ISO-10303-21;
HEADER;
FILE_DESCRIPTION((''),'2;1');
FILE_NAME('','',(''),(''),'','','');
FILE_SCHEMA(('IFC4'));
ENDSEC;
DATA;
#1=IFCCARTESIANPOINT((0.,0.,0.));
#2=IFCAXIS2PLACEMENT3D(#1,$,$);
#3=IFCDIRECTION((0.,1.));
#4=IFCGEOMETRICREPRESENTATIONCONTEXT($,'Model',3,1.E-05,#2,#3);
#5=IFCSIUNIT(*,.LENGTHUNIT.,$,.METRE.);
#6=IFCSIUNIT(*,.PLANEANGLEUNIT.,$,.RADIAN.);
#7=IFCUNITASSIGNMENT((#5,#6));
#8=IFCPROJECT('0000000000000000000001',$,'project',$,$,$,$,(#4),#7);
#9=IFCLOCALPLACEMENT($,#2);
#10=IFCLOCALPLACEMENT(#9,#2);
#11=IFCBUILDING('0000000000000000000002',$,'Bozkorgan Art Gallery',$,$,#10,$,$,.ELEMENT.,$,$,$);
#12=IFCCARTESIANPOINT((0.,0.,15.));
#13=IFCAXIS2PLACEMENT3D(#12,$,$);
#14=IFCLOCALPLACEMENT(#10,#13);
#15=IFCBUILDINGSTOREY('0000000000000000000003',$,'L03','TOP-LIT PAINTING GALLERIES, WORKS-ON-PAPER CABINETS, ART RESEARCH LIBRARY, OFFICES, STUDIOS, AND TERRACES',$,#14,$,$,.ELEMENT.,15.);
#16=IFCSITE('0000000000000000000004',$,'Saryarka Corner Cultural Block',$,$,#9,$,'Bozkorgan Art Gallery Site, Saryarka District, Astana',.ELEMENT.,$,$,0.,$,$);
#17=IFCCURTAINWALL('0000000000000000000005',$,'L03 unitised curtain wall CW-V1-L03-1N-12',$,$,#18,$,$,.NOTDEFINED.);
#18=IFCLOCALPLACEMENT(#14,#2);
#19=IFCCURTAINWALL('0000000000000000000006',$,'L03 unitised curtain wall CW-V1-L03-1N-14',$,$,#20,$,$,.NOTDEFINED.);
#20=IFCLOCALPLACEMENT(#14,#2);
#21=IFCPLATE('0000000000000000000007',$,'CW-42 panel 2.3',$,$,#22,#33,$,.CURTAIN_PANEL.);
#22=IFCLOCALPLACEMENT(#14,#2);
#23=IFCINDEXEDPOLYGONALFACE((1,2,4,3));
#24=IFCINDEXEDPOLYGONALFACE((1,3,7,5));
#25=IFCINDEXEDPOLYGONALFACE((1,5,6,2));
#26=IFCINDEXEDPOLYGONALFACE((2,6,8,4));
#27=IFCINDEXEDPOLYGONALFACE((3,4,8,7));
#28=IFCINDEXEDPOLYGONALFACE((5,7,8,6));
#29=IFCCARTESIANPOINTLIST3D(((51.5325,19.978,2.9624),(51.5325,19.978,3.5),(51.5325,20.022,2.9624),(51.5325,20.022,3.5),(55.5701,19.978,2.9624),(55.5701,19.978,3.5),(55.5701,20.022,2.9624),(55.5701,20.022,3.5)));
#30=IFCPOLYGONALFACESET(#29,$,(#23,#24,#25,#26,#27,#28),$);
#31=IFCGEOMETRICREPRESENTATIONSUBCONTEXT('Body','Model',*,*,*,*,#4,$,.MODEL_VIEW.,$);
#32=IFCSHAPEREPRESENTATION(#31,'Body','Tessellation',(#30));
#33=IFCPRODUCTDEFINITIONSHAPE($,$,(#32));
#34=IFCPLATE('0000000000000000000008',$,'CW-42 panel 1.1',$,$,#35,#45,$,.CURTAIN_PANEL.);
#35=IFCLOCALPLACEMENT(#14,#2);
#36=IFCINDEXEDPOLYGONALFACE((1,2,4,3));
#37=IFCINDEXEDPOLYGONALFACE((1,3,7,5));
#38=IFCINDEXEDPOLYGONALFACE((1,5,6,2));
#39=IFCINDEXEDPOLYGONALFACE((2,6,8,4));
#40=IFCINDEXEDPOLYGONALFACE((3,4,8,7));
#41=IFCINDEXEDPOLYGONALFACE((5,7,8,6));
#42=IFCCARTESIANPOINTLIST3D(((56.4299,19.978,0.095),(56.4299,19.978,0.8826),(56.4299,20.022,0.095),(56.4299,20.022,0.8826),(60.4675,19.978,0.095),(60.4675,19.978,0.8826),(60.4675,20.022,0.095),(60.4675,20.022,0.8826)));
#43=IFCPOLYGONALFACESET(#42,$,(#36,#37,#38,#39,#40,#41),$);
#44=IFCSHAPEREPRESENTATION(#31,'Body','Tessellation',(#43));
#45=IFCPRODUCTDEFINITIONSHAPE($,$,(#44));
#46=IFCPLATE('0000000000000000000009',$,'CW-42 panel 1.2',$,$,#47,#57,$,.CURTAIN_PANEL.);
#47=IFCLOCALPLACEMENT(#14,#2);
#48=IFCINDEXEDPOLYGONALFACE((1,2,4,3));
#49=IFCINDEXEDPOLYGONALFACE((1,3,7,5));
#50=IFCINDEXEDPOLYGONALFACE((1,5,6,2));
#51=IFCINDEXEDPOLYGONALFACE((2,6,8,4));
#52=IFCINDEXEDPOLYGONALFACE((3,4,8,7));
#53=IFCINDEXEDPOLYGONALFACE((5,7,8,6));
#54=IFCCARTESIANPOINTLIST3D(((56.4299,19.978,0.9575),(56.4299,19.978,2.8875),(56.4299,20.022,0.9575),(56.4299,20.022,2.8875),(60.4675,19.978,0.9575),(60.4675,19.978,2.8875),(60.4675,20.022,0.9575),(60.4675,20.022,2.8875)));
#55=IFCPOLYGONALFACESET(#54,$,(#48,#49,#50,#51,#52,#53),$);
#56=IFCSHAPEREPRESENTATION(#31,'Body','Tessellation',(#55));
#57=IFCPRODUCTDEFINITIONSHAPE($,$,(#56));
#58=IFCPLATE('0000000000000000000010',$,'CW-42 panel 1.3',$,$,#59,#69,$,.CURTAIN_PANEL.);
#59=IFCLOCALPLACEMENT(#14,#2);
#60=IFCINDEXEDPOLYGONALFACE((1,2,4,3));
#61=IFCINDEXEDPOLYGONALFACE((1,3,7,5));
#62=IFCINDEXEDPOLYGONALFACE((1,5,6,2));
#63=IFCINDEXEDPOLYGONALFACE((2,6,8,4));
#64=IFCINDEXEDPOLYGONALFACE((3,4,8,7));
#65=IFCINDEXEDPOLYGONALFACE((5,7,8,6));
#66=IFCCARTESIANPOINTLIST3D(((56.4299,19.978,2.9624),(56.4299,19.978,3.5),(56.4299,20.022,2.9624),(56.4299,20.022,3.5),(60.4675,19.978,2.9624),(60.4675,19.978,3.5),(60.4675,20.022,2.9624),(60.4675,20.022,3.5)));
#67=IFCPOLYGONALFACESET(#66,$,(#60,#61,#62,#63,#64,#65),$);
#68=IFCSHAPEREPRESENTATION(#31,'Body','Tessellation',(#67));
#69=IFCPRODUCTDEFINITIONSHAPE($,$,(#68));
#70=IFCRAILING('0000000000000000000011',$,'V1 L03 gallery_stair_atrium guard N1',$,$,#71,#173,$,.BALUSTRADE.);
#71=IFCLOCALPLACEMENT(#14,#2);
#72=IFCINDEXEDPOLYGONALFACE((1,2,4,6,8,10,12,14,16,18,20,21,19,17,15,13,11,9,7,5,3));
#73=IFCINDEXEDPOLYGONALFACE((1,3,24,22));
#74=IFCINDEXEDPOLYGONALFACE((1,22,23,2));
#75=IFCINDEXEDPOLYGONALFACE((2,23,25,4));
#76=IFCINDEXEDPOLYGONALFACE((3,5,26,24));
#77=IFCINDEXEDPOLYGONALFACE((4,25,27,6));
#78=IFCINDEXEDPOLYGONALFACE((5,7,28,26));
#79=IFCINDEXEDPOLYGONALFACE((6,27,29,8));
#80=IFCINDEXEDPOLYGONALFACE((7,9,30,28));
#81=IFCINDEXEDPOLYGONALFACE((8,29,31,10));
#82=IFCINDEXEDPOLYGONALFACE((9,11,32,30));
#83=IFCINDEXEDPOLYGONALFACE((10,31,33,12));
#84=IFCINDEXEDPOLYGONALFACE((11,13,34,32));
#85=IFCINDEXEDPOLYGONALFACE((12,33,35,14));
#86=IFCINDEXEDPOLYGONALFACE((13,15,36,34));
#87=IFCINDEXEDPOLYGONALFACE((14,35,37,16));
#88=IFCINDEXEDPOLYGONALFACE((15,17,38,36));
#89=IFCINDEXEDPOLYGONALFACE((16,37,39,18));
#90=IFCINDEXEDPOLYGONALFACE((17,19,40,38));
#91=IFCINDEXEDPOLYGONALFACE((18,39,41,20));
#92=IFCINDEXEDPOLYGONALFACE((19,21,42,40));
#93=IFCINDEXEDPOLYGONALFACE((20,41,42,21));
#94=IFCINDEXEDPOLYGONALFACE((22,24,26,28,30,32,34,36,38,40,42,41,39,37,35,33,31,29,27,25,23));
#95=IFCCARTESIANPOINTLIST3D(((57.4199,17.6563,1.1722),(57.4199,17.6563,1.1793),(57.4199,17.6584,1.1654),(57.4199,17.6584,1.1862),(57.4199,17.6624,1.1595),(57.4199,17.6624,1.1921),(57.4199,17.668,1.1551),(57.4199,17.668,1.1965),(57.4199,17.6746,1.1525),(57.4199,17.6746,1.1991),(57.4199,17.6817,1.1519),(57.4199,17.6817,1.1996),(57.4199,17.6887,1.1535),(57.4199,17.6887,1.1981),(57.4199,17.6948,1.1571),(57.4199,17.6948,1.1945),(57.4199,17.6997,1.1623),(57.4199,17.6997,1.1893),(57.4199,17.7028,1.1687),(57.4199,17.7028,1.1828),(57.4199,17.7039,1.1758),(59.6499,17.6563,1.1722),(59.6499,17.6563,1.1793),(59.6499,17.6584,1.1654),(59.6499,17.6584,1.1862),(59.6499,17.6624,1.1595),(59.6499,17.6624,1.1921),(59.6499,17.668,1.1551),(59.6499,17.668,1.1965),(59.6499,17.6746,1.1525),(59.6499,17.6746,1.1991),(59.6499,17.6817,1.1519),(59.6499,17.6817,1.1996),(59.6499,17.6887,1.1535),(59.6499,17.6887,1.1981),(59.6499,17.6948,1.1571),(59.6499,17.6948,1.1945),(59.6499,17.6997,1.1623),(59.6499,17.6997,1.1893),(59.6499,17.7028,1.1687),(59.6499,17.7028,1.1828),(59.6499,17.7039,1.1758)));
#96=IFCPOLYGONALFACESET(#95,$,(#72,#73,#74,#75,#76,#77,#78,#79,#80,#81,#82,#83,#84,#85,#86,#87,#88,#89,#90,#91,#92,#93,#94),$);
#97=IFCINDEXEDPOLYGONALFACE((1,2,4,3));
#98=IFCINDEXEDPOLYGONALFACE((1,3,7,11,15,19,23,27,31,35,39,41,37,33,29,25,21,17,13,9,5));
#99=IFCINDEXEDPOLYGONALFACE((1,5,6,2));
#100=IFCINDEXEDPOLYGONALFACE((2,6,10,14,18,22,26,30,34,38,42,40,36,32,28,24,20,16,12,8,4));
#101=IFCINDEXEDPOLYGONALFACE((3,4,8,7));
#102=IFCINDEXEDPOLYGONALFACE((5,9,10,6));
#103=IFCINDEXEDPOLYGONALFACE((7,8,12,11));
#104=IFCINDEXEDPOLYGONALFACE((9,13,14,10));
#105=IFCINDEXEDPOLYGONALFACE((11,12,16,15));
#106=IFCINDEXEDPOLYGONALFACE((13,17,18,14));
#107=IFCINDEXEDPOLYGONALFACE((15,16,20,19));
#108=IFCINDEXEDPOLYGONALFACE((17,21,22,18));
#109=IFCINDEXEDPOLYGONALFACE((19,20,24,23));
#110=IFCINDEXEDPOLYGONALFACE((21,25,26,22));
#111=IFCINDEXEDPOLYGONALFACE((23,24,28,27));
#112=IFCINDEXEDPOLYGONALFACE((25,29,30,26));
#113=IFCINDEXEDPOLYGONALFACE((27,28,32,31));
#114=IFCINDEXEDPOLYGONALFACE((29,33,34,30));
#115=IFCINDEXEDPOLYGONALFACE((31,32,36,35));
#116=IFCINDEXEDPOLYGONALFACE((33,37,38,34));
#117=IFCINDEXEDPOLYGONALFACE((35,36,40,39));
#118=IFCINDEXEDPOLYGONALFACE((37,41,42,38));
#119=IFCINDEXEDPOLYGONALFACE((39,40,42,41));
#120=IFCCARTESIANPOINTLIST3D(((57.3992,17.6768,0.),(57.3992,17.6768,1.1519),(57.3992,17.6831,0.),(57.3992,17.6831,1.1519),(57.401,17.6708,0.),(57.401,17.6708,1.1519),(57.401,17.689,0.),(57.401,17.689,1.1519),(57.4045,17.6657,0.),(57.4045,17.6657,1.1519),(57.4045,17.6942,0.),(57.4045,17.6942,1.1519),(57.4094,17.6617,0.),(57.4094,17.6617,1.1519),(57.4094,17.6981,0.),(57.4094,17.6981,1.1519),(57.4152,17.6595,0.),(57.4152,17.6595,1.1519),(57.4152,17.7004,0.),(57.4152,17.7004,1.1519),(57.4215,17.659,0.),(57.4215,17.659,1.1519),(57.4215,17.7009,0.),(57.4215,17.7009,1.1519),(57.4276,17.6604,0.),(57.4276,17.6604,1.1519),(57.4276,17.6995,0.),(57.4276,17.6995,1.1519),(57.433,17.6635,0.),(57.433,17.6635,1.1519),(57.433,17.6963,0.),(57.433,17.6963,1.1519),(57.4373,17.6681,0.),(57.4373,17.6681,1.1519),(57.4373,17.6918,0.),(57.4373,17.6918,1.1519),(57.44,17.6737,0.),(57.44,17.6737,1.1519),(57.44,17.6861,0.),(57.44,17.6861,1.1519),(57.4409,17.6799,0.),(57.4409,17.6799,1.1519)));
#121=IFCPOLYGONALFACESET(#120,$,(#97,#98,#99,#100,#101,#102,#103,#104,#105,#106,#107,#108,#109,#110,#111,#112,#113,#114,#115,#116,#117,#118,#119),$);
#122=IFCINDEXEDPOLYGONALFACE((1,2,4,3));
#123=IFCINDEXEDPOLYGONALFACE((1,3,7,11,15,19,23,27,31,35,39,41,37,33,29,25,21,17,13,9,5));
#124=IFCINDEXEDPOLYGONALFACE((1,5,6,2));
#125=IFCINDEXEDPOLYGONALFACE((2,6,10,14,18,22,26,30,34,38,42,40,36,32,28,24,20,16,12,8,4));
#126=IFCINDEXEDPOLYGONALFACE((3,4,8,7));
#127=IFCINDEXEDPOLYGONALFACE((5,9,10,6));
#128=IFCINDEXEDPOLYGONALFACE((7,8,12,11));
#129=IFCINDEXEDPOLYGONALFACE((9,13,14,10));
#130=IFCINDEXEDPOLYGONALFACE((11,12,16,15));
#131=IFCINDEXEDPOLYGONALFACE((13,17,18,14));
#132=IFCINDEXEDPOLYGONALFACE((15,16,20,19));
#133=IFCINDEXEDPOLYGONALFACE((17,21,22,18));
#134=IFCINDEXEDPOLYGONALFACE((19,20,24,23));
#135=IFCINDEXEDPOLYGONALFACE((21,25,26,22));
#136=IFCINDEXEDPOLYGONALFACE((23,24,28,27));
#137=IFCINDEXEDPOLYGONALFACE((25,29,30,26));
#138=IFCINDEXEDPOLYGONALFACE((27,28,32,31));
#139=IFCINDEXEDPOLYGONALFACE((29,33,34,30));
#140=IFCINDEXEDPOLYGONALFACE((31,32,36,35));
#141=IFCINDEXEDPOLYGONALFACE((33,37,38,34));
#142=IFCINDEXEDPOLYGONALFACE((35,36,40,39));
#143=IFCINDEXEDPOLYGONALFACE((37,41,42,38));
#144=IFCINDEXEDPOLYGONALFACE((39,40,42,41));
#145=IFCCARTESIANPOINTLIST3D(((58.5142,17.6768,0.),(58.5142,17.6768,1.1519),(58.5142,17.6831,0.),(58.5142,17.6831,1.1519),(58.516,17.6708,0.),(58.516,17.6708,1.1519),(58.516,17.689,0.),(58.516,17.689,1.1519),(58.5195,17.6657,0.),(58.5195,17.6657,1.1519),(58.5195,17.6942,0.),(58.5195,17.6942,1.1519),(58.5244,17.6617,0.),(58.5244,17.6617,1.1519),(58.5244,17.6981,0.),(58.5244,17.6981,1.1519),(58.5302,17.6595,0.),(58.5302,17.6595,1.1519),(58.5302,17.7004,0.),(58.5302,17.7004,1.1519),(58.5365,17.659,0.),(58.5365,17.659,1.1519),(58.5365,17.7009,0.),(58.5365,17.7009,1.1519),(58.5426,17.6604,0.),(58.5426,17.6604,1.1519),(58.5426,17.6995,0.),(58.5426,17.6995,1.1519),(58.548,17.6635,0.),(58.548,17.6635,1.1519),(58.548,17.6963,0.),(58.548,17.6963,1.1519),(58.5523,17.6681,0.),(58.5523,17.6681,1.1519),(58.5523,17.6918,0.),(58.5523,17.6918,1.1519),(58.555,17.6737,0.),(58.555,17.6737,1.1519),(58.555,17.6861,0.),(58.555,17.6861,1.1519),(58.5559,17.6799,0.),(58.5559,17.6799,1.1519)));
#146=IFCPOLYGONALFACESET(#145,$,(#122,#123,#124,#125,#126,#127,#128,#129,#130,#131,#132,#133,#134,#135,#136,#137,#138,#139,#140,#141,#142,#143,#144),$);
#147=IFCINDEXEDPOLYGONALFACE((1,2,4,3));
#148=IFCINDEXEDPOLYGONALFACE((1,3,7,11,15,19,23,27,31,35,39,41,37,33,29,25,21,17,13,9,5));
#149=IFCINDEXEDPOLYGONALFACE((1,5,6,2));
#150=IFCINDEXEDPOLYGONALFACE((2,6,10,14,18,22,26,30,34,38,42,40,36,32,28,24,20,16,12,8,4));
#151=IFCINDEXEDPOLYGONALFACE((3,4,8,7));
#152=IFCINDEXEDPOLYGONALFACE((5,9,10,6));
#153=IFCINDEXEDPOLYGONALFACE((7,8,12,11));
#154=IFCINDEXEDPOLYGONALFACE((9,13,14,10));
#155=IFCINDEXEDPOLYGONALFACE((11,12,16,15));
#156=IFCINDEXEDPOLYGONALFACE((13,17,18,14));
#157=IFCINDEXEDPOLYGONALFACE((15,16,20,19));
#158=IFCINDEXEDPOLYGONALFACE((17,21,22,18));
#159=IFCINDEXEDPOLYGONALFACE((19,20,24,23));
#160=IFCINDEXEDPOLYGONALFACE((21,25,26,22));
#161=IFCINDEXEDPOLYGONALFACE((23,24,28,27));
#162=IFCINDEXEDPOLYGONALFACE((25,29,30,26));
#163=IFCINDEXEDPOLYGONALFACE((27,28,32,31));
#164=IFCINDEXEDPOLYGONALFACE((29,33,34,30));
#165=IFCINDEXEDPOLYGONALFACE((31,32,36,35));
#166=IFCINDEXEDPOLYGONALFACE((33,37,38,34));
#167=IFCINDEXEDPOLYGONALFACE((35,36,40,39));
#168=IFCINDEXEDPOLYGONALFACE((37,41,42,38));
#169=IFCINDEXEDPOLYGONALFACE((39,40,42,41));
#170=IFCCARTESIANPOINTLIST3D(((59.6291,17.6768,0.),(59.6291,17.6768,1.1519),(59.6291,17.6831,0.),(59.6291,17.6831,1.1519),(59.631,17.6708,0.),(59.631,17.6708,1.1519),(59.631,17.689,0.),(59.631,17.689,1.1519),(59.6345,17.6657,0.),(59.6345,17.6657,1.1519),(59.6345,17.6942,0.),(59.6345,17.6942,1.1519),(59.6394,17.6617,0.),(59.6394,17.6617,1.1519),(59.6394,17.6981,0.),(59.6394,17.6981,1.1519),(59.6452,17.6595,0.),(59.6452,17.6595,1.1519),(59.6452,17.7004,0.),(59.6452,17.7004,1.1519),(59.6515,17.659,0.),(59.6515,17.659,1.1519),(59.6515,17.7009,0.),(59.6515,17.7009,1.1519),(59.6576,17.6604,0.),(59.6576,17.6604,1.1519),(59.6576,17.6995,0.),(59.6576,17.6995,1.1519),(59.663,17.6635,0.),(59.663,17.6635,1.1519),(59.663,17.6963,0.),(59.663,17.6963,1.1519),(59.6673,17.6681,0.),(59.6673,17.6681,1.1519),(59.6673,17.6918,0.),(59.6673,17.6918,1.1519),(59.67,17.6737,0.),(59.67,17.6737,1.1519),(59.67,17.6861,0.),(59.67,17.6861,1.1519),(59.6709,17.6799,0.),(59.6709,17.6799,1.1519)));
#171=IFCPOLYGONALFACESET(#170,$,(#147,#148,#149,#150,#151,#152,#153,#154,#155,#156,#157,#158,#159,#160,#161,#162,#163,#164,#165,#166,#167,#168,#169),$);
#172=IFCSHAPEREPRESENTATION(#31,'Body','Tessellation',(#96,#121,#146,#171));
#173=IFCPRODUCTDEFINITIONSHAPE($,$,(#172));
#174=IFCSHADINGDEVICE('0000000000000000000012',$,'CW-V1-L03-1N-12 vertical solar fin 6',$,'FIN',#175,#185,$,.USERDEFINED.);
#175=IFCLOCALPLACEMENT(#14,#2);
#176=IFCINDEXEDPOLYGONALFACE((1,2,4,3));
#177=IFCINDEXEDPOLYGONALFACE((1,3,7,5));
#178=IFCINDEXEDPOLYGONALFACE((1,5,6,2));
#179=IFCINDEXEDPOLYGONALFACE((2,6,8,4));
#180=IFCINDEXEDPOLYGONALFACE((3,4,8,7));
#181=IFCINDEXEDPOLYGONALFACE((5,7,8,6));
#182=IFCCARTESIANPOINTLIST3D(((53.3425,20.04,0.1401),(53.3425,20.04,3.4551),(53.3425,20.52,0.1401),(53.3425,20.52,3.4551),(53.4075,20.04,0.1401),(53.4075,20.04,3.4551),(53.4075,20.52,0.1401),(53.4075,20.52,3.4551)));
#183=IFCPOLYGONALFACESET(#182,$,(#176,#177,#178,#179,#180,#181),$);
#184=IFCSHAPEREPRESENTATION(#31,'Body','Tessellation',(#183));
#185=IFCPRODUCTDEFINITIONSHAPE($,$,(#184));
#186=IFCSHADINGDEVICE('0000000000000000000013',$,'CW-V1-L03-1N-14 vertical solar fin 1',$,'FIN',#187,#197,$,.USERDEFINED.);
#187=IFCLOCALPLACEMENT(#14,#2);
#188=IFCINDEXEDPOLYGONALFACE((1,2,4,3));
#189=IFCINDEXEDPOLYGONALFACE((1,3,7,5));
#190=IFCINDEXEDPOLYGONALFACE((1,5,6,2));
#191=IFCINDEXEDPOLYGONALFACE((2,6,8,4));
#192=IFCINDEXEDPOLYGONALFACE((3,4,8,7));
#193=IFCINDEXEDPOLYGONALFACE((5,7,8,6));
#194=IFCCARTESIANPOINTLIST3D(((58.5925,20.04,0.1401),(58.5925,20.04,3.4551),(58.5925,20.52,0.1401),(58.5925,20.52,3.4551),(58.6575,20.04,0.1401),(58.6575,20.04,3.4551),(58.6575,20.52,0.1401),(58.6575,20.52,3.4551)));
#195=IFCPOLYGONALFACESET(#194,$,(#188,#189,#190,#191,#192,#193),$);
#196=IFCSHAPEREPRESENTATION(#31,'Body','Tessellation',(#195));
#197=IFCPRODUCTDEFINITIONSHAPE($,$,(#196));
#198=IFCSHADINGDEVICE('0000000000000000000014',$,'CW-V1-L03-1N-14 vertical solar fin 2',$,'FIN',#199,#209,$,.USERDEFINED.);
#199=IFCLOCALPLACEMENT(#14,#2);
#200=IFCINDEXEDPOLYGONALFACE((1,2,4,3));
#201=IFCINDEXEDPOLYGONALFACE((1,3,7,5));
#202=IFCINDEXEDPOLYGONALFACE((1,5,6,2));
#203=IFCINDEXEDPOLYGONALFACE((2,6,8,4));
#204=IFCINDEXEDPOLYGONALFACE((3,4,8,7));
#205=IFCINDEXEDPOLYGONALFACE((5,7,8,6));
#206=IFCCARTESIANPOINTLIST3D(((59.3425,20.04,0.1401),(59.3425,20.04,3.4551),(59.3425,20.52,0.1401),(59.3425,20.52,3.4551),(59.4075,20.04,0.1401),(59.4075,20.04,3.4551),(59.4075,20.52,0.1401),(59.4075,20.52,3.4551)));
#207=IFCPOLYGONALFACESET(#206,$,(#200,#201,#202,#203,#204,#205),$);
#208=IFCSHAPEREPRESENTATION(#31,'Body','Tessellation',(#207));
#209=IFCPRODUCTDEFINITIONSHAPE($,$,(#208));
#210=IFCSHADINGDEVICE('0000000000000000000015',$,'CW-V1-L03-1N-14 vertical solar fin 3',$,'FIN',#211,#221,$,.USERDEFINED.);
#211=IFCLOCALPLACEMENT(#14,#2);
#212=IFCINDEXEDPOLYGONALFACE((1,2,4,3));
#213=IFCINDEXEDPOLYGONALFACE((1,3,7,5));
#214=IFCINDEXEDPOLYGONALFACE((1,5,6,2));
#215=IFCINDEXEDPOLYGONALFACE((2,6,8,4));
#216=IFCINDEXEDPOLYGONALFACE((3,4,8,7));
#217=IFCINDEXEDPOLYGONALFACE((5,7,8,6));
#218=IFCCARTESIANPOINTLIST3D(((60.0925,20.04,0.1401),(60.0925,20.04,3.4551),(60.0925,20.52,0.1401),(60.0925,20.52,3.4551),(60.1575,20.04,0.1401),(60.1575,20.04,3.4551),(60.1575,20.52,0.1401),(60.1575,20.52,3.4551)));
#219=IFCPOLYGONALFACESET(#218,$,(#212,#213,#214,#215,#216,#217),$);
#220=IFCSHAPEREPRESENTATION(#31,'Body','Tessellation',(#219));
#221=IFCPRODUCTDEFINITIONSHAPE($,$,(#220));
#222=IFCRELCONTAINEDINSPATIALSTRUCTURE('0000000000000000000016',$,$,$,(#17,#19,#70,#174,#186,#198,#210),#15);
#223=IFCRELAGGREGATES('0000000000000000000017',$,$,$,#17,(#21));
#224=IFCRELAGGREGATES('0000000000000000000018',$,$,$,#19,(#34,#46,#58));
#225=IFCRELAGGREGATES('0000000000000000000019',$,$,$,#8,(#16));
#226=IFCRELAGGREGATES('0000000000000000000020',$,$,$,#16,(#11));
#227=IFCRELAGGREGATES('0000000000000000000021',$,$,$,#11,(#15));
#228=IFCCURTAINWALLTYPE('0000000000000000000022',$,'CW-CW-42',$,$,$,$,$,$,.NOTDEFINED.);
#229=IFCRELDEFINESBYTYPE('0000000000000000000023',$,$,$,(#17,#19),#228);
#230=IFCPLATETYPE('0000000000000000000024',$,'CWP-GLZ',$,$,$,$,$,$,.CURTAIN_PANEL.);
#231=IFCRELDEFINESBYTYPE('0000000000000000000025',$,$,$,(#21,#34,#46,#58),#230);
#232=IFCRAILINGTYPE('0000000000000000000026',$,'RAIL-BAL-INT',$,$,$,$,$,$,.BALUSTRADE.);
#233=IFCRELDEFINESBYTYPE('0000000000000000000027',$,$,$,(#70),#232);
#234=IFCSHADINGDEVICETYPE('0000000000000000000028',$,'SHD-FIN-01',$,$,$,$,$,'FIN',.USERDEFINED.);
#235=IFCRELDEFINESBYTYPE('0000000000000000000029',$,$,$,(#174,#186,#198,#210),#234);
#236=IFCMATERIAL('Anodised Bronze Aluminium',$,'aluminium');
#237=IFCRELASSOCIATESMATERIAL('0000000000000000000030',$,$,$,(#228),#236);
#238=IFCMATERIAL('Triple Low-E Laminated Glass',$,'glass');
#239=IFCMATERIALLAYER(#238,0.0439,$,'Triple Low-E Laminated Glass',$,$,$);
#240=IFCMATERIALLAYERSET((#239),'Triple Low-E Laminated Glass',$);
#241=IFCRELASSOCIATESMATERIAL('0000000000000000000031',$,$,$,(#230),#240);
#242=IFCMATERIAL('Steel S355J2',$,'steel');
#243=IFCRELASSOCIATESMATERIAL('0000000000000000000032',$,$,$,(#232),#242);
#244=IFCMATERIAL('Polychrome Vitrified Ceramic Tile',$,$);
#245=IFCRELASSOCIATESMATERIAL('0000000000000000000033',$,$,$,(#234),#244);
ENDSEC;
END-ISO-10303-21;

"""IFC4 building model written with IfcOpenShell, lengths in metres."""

from ifc_helpers import new_model, si_unit, direction, frame, origin, origin_2d, place, context, subcontext, project, spatial, rectangle, circle, extrude, material, layer, layer_set, type_object, element, aggregate, save


model = new_model("IFC4")

# Units and contexts
model_context = context("Model", 3, precision=1e-05, world=origin(), true_north=direction((0.0, 1.0)))
body_context = subcontext(model_context, "Body", "Model", "MODEL_VIEW")
ifc_project = project(units=[si_unit("LENGTHUNIT", "METRE"), si_unit("PLANEANGLEUNIT", "RADIAN")], contexts=[model_context])

# Site, building, storey
site_placement = place(None, origin())
site = spatial("IfcSite", under=ifc_project, at=site_placement, Name="Saryarka Corner Cultural Block", LongName="Bozkorgan Art Gallery Site, Saryarka District, Astana", CompositionType="ELEMENT", RefElevation=0.0)
building_placement = place(site_placement, origin())
building = spatial("IfcBuilding", under=site, at=building_placement, Name="Bozkorgan Art Gallery", CompositionType="ELEMENT")
storey_placement = place(building_placement, frame((0.0, 0.0, 15.0)))
storey = spatial("IfcBuildingStorey", under=building, at=storey_placement, Name="L03", Description="TOP-LIT PAINTING GALLERIES, WORKS-ON-PAPER CABINETS, ART RESEARCH LIBRARY, OFFICES, STUDIOS, AND TERRACES", CompositionType="ELEMENT", Elevation=15.0)

# Shared definitions
ifc_material_1 = material(Name="Steel S355J2", Category="steel")

# Curtain wall
ifc_material_2 = material(Name="Anodised Bronze Aluminium", Category="aluminium")
curtain_wall_type = type_object("IfcCurtainWallType", Name="CW-CW-42", PredefinedType="NOTDEFINED", material=ifc_material_2)
curtain_wall_1_placement = place(storey_placement, origin())
curtain_wall_1 = element("IfcCurtainWall", 1, at=curtain_wall_1_placement, inside=storey, type_object=curtain_wall_type, Name="L03 unitised curtain wall CW-V1-L03-1N-12", PredefinedType="NOTDEFINED")

# Curtain wall
curtain_wall_2_placement = place(storey_placement, origin())
curtain_wall_2 = element("IfcCurtainWall", 2, at=curtain_wall_2_placement, inside=storey, type_object=curtain_wall_type, Name="L03 unitised curtain wall CW-V1-L03-1N-14", PredefinedType="NOTDEFINED")

# Plates
ifc_material_3 = material(Name="Triple Low-E Laminated Glass", Category="glass")
ifc_layer = layer(ifc_material_3, 0.0439, Name="Triple Low-E Laminated Glass")
ifc_layer_set = layer_set([ifc_layer], Name="Triple Low-E Laminated Glass")
plate_type = type_object("IfcPlateType", Name="CWP-GLZ", PredefinedType="CURTAIN_PANEL", material=ifc_layer_set)
plate_1_placement = place(storey_placement, frame((53.5513, 20.0, 2.9624), z_axis=(0.0, 0.0, 1.0), x_axis=(1.0, 0.0, 0.0)))
plate_1 = element("IfcPlate", 3, at=plate_1_placement, type_object=plate_type, Name="CW-42 panel 2.3", PredefinedType="CURTAIN_PANEL", context=body_context, shape_type="SweptSolid", body=[
    extrude(rectangle(XDim=4.0376, YDim=0.0439, at=origin_2d()), origin(), (0.0, 0.0, 1.0), 0.5376),
])
aggregate(curtain_wall_1, [plate_1])
plate_2_placement = place(storey_placement, frame((58.4487, 20.0, 0.095), z_axis=(0.0, 0.0, 1.0), x_axis=(1.0, 0.0, 0.0)))
plate_2 = element("IfcPlate", 4, at=plate_2_placement, type_object=plate_type, Name="CW-42 panel 1.1", PredefinedType="CURTAIN_PANEL", context=body_context, shape_type="SweptSolid", body=[
    extrude(rectangle(XDim=4.0376, YDim=0.0439, at=origin_2d()), origin(), (0.0, 0.0, 1.0), 0.7876),
])
plate_3_placement = place(storey_placement, frame((58.4487, 20.0, 0.9575), z_axis=(0.0, 0.0, 1.0), x_axis=(1.0, 0.0, 0.0)))
plate_3 = element("IfcPlate", 5, at=plate_3_placement, type_object=plate_type, Name="CW-42 panel 1.2", PredefinedType="CURTAIN_PANEL", context=body_context, shape_type="SweptSolid", body=[
    extrude(rectangle(XDim=4.0376, YDim=0.0439, at=origin_2d()), origin(), (0.0, 0.0, 1.0), 1.9299),
])
plate_4_placement = place(storey_placement, frame((58.4487, 20.0, 2.9624), z_axis=(0.0, 0.0, 1.0), x_axis=(1.0, 0.0, 0.0)))
plate_4 = element("IfcPlate", 6, at=plate_4_placement, type_object=plate_type, Name="CW-42 panel 1.3", PredefinedType="CURTAIN_PANEL", context=body_context, shape_type="SweptSolid", body=[
    extrude(rectangle(XDim=4.0376, YDim=0.0439, at=origin_2d()), origin(), (0.0, 0.0, 1.0), 0.5376),
])
aggregate(curtain_wall_2, [plate_2, plate_3, plate_4])

# Railing
railing_type = type_object("IfcRailingType", Name="RAIL-BAL-INT", PredefinedType="BALUSTRADE", material=ifc_material_1)
railing_placement = place(storey_placement, frame((57.4199, 17.6799, 0.0)))
element("IfcRailing", 7, at=railing_placement, inside=storey, type_object=railing_type, Name="V1 L03 gallery_stair_atrium guard N1", PredefinedType="BALUSTRADE", context=body_context, shape_type="SweptSolid", body=[
    extrude(circle(Radius=0.0239, at=origin_2d()), frame((0.0, 0.0, 1.1758), z_axis=(1.0, 0.0, 0.0), x_axis=(0.0, 1.0, 0.0)), (0.0, 0.0, 1.0), 2.23),
    extrude(circle(Radius=0.021, at=origin_2d()), origin(), (0.0, 0.0, 1.0), 1.1519),
    extrude(circle(Radius=0.021, at=origin_2d()), frame((1.115, 0.0, 0.0)), (0.0, 0.0, 1.0), 1.1519),
    extrude(circle(Radius=0.021, at=origin_2d()), frame((2.23, 0.0, 0.0)), (0.0, 0.0, 1.0), 1.1519),
])

# Shading devices
ifc_material_4 = material(Name="Polychrome Vitrified Ceramic Tile")
shading_device_type = type_object("IfcShadingDeviceType", Name="SHD-FIN-01", ElementType="FIN", PredefinedType="USERDEFINED", material=ifc_material_4)
for number, where, z_axis, x_axis, name in (
    (8, (53.375, 20.28, 0.1401), (0.0, 0.0, 1.0), (0.0, 1.0, 0.0), "CW-V1-L03-1N-12 vertical solar fin 6"),
    (9, (58.625, 20.28, 0.1401), (0.0, 0.0, 1.0), (0.0, 1.0, 0.0), "CW-V1-L03-1N-14 vertical solar fin 1"),
    (10, (59.375, 20.28, 0.1401), (0.0, 0.0, 1.0), (0.0, 1.0, 0.0), "CW-V1-L03-1N-14 vertical solar fin 2"),
    (11, (60.125, 20.28, 0.1401), (0.0, 0.0, 1.0), (0.0, 1.0, 0.0), "CW-V1-L03-1N-14 vertical solar fin 3"),
):
    element("IfcShadingDevice", number, at=place(storey_placement, frame(where, z_axis=z_axis, x_axis=x_axis)), inside=storey, type_object=shading_device_type, Name=name, ObjectType="FIN", PredefinedType="USERDEFINED", context=body_context, shape_type="SweptSolid", body=[
        extrude(rectangle(XDim=0.48, YDim=0.0649, at=origin_2d()), origin(), (0.0, 0.0, 1.0), 3.3149),
    ])

save(model, "model.ifc")
